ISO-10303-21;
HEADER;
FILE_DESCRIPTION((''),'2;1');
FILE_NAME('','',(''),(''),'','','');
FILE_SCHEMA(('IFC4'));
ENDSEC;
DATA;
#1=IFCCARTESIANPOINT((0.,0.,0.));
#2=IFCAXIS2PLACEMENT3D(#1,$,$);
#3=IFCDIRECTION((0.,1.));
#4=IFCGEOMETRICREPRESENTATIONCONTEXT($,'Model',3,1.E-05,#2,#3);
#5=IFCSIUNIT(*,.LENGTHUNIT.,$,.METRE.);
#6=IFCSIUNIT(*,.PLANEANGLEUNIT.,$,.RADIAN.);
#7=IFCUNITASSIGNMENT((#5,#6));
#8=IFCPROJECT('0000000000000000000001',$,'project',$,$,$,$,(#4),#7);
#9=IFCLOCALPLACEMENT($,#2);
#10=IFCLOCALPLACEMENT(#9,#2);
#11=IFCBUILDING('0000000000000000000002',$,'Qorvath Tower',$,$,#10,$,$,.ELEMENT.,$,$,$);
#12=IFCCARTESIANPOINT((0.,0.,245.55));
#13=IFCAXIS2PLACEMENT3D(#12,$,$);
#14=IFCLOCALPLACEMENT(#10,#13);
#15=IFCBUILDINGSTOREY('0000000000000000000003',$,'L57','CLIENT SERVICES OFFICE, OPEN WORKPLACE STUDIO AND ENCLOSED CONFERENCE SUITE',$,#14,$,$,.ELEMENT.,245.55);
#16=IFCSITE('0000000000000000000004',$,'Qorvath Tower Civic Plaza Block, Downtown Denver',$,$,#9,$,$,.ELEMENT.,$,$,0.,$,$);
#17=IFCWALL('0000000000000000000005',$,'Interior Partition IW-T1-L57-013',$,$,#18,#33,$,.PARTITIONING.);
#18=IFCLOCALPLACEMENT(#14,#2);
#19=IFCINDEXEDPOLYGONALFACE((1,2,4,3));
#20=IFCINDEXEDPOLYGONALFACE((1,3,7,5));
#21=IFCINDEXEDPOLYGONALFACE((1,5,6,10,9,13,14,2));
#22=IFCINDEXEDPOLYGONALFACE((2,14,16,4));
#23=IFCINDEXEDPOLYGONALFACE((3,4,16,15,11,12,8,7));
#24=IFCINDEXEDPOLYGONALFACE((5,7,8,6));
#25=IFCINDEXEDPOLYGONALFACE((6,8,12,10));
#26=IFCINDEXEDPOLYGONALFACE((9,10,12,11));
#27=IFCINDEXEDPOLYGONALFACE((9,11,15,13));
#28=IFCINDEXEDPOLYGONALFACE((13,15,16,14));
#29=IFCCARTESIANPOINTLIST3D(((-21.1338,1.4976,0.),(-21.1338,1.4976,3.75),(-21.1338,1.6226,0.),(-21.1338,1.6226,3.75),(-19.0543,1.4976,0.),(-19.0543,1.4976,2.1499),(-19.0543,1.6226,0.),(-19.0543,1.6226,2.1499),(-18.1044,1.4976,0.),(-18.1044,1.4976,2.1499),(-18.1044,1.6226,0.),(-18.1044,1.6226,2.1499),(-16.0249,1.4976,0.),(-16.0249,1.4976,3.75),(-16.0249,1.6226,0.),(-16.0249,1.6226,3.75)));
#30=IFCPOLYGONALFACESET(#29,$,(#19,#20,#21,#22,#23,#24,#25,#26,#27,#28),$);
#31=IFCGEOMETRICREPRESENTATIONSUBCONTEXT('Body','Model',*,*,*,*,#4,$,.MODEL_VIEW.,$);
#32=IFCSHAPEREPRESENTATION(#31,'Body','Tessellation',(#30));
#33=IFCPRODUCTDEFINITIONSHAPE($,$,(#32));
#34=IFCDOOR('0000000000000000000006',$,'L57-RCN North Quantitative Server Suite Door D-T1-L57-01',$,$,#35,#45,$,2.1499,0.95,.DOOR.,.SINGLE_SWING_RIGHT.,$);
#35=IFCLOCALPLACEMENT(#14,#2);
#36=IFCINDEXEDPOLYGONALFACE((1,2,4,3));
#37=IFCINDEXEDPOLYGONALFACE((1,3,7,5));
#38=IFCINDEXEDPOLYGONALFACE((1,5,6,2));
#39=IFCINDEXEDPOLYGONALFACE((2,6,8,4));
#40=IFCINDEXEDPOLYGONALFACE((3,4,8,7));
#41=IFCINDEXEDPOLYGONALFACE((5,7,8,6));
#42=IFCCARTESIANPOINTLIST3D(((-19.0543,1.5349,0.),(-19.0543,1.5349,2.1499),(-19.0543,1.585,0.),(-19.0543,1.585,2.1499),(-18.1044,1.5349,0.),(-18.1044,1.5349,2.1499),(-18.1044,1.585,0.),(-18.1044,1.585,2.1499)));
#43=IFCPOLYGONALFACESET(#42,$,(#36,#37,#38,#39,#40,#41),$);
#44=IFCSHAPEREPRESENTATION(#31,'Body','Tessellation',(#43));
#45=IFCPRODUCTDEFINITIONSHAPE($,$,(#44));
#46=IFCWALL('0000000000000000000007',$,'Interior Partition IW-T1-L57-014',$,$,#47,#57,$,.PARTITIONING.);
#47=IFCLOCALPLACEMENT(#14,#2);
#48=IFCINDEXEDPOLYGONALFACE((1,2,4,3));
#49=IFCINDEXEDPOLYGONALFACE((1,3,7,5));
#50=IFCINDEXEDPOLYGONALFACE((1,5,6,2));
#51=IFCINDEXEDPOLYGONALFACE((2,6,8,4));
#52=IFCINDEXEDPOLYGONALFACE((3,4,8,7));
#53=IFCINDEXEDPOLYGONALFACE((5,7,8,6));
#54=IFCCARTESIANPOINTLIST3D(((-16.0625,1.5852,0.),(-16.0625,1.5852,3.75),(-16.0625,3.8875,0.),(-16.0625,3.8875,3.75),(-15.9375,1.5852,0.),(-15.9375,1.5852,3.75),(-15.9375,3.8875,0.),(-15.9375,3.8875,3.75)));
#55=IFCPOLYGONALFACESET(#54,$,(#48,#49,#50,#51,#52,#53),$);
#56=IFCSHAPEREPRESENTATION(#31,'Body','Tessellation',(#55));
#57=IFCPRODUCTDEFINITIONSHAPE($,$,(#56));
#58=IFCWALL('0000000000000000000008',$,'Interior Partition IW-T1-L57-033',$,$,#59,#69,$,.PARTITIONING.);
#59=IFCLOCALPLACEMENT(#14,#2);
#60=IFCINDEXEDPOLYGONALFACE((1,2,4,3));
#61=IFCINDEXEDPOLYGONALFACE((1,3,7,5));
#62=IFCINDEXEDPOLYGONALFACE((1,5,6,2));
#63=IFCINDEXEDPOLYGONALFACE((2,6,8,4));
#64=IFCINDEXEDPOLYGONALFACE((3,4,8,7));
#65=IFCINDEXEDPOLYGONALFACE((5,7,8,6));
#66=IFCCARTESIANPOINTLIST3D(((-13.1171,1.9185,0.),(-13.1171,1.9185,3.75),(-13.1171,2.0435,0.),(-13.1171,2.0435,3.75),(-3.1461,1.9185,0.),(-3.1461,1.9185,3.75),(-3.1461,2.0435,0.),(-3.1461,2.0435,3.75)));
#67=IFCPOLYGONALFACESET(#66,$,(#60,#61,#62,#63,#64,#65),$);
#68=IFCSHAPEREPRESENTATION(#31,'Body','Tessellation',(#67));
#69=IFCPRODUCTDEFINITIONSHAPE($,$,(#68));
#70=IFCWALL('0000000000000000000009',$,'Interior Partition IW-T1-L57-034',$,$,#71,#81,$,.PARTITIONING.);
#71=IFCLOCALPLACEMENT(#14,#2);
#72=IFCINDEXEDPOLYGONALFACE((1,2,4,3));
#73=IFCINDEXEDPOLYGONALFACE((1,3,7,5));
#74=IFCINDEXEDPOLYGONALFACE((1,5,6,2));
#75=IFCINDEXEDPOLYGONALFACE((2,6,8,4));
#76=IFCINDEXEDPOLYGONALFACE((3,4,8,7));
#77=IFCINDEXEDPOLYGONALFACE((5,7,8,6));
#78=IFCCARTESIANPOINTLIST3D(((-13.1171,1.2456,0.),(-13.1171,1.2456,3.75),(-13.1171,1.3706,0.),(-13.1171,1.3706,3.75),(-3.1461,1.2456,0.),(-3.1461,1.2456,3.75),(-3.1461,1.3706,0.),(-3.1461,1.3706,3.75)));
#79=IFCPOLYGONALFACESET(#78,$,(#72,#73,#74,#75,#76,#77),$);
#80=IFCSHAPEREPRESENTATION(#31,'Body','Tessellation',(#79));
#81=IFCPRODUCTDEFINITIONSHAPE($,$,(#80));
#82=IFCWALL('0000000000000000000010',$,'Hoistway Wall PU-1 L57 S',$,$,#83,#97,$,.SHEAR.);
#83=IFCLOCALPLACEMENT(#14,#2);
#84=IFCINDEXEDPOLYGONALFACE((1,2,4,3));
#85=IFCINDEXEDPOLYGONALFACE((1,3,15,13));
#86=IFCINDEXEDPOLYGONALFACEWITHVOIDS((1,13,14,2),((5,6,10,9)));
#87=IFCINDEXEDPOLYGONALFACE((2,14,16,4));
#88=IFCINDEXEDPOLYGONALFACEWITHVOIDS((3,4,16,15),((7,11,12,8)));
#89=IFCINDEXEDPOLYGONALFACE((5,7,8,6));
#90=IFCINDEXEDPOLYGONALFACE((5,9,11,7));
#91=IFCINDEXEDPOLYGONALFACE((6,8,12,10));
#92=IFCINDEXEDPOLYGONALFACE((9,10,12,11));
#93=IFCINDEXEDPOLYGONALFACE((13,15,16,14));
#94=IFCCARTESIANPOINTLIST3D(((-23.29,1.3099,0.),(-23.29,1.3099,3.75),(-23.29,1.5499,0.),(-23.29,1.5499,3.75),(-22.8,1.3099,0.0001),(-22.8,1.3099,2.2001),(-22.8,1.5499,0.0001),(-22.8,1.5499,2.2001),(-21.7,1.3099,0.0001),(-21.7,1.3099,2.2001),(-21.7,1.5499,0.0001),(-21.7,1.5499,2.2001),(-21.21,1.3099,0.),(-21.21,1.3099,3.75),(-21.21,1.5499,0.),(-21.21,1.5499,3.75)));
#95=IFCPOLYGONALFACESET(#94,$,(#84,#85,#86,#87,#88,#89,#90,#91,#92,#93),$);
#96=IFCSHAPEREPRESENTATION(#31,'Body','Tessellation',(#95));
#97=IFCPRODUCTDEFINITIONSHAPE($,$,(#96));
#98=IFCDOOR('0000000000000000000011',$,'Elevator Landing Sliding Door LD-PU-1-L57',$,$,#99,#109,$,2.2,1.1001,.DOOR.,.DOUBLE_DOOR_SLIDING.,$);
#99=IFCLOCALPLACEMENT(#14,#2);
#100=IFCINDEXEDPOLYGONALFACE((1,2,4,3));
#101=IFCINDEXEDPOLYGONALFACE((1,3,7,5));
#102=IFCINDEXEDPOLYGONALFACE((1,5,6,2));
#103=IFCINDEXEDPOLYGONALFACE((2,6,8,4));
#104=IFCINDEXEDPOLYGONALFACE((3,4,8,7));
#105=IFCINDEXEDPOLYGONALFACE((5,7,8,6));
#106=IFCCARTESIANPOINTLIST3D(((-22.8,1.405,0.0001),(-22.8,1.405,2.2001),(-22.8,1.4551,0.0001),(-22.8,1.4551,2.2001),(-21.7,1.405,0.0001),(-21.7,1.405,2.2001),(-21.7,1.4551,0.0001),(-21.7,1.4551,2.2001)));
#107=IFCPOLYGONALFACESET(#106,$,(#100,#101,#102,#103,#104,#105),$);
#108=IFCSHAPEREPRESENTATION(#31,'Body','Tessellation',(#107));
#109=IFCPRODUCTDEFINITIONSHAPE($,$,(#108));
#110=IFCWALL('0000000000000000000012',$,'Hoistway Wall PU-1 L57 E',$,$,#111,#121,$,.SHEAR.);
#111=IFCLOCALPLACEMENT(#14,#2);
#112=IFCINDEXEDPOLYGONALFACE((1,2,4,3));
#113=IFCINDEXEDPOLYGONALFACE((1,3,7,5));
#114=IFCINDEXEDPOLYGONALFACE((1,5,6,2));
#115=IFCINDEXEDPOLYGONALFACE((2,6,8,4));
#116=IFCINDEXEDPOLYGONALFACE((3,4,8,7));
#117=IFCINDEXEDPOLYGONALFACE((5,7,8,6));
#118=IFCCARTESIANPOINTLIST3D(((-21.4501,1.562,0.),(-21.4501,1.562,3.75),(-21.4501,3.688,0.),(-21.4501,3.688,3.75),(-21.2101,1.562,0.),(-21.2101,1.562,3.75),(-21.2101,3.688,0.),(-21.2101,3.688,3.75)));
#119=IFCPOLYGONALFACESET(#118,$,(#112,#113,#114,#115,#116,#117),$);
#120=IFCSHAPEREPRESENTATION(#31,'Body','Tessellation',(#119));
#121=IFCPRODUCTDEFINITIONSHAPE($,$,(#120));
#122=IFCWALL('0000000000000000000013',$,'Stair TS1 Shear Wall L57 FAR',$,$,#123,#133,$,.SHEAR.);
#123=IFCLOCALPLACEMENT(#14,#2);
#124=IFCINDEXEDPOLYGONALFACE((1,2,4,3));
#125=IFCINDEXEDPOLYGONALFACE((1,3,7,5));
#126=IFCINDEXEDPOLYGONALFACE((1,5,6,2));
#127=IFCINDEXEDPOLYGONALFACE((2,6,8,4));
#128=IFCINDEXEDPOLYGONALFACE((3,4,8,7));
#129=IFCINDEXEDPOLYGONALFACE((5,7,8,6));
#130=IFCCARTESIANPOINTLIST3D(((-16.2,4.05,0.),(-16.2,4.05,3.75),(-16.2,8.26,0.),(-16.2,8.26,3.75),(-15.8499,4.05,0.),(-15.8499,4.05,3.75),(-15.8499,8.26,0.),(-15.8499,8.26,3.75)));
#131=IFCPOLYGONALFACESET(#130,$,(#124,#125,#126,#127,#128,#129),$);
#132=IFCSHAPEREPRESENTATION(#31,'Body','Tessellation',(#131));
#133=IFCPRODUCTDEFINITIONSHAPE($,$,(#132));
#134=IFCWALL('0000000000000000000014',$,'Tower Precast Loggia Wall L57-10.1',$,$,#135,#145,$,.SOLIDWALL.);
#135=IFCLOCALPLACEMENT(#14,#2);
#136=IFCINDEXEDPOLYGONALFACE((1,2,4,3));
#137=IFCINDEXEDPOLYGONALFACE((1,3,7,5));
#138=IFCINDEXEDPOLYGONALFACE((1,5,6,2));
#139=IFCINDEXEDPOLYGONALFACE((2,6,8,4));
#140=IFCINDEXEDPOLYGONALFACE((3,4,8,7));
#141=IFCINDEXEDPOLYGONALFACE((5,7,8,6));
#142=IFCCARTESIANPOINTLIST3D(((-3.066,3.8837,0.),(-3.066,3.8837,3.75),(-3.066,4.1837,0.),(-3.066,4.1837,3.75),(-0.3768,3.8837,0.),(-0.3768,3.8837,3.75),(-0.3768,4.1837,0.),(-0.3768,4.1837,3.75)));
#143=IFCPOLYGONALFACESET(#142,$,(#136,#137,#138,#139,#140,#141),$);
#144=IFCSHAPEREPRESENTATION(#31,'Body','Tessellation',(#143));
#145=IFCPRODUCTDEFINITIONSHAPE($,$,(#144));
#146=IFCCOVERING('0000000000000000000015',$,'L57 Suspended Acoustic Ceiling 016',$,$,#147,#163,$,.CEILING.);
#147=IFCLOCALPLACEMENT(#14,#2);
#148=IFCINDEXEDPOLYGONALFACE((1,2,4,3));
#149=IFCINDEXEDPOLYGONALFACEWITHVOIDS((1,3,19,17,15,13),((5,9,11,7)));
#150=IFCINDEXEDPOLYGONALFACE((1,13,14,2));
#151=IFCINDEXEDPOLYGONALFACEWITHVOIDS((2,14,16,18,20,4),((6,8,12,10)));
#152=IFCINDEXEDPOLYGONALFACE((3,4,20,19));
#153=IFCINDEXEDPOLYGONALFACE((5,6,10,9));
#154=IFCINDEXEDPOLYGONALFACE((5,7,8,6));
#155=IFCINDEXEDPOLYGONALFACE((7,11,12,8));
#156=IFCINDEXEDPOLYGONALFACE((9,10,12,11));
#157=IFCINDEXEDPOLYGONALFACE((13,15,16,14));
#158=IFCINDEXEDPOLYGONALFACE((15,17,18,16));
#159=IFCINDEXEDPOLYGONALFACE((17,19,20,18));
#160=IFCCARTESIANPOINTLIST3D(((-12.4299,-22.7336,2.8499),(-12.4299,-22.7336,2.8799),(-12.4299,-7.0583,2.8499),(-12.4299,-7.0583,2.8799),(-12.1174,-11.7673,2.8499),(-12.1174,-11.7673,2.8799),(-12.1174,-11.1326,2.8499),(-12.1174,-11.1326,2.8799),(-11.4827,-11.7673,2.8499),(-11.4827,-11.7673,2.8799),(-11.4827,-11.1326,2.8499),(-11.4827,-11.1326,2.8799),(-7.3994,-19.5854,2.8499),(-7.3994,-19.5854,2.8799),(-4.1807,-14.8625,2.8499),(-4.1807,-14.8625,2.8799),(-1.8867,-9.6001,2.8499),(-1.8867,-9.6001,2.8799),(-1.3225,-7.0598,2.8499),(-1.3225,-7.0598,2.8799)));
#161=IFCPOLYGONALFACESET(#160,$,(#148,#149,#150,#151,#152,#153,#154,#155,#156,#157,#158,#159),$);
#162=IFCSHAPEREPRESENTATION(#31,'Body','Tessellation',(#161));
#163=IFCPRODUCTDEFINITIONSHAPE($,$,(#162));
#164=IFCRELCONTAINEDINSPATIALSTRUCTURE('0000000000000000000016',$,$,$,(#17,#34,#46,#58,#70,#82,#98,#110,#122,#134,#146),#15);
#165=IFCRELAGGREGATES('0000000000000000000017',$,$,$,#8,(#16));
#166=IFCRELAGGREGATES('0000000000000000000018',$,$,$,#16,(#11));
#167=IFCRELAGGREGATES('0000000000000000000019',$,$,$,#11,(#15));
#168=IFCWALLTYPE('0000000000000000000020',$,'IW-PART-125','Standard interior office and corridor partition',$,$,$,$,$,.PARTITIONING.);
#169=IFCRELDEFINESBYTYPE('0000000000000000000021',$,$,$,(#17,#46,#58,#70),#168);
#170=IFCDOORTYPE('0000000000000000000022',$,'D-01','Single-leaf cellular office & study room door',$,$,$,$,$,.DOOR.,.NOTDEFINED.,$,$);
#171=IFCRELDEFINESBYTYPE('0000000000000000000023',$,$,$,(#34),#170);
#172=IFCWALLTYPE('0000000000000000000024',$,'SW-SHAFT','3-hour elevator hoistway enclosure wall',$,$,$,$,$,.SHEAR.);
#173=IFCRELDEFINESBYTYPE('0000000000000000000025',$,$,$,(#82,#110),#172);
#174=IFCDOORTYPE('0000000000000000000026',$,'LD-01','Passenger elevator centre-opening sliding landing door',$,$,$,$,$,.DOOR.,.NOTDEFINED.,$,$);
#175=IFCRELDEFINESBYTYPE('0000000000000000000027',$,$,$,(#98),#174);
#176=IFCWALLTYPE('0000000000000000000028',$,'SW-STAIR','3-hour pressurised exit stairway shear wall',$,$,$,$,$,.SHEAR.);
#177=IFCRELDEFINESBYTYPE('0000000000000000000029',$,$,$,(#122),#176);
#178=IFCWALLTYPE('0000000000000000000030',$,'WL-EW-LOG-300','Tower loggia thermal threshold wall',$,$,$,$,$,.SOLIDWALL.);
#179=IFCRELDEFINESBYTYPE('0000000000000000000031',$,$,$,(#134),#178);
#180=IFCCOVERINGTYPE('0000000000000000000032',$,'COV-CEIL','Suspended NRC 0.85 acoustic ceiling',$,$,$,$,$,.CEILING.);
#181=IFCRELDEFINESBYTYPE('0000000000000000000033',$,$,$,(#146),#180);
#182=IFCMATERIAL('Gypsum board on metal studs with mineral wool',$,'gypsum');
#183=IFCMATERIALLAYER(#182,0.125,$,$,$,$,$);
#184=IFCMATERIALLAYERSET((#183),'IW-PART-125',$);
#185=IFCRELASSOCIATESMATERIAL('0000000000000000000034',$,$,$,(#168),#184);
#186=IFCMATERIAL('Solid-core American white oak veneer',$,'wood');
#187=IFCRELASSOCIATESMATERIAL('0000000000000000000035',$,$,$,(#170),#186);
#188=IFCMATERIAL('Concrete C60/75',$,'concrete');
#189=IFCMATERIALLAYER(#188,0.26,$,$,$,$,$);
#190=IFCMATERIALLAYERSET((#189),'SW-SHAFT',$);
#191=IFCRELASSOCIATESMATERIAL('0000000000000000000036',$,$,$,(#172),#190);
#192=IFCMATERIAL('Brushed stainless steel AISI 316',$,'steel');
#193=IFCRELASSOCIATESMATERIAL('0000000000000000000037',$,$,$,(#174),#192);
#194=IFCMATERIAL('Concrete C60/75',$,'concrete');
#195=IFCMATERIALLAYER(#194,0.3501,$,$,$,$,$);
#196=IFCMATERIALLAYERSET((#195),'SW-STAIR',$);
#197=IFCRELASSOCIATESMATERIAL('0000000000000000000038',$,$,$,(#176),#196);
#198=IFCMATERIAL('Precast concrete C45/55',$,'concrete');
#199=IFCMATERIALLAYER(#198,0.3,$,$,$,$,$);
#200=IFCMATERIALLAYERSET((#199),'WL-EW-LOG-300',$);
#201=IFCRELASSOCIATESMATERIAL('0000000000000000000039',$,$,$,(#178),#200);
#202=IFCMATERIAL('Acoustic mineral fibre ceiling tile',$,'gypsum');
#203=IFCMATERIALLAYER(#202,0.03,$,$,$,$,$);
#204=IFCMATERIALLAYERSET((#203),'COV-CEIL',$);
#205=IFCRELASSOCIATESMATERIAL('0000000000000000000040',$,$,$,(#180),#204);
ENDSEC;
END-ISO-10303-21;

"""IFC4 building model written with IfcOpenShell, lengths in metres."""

from ifc_helpers import new_model, si_unit, direction, frame, frame_2d, origin, place, context, subcontext, project, spatial, polyline, rectangle, outline, extrude, material, layer, layer_set, type_object, element, fill, save


model = new_model("IFC4")

# Units and contexts
model_context = context("Model", 3, precision=1e-05, world=origin(), true_north=direction((0.0, 1.0)))
body_context = subcontext(model_context, "Body", "Model", "MODEL_VIEW")
ifc_project = project(units=[si_unit("LENGTHUNIT", "METRE"), si_unit("PLANEANGLEUNIT", "RADIAN")], contexts=[model_context])

# Site, building, storey
site_placement = place(None, origin())
site = spatial("IfcSite", under=ifc_project, at=site_placement, Name="Qorvath Tower Civic Plaza Block, Downtown Denver", CompositionType="ELEMENT", RefElevation=0.0)
building_placement = place(site_placement, origin())
building = spatial("IfcBuilding", under=site, at=building_placement, Name="Qorvath Tower", CompositionType="ELEMENT")
storey_placement = place(building_placement, frame((0.0, 0.0, 245.55)))
storey = spatial("IfcBuildingStorey", under=building, at=storey_placement, Name="L57", Description="CLIENT SERVICES OFFICE, OPEN WORKPLACE STUDIO AND ENCLOSED CONFERENCE SUITE", CompositionType="ELEMENT", Elevation=245.55)

# Wall, opening, door
ifc_material_1 = material(Name="Gypsum board on metal studs with mineral wool", Category="gypsum")
ifc_layer_1 = layer(ifc_material_1, 0.125)
ifc_layer_set_1 = layer_set([ifc_layer_1], Name="IW-PART-125")
wall_type_1 = type_object("IfcWallType", Name="IW-PART-125", Description="Standard interior office and corridor partition", PredefinedType="PARTITIONING", material=ifc_layer_set_1)
wall_1_placement = place(storey_placement, frame((-21.1338, 1.5601, 0.0), z_axis=(0.0, 0.0, 1.0), x_axis=(1.0, 0.0, 0.0)))
wall_1 = element("IfcWall", 1, at=wall_1_placement, inside=storey, type_object=wall_type_1, Name="Interior Partition IW-T1-L57-013", PredefinedType="PARTITIONING", context=body_context, shape_type="SweptSolid", body=[
    extrude(rectangle(XDim=5.1089, YDim=0.125, at=frame_2d((2.5544, 0.0))), origin(), (0.0, 0.0, 1.0), 3.75),
])
opening_1_placement = place(wall_1_placement, frame((2.0793, 0.0, 0.0)))
opening_1 = element("IfcOpeningElement", 2, at=opening_1_placement, cuts=wall_1, PredefinedType="OPENING", context=body_context, shape_type="SweptSolid", body=[
    extrude(rectangle(XDim=0.95, YDim=2.1499, at=frame_2d((0.4751, 1.075))), frame((0.0, 0.0725, 0.0), z_axis=(0.0, -1.0, 0.0), x_axis=(1.0, 0.0, 0.0)), (0.0, 0.0, 1.0), 0.145),
])
ifc_material_2 = material(Name="Solid-core American white oak veneer", Category="wood")
door_type_1 = type_object("IfcDoorType", Name="D-01", Description="Single-leaf cellular office & study room door", OperationType="NOTDEFINED", PredefinedType="DOOR", material=ifc_material_2)
door_1_placement = place(opening_1_placement, origin())
door_1 = element("IfcDoor", 3, at=door_1_placement, inside=storey, type_object=door_type_1, Name="L57-RCN North Quantitative Server Suite Door D-T1-L57-01", OperationType="SINGLE_SWING_RIGHT", OverallHeight=2.1499, OverallWidth=0.95, PredefinedType="DOOR", context=body_context, shape_type="SweptSolid", body=[
    extrude(rectangle(XDim=0.95, YDim=2.1499, at=frame_2d((0.4751, 1.075))), frame((0.0, 0.0249, 0.0), z_axis=(0.0, -1.0, 0.0), x_axis=(1.0, 0.0, 0.0)), (0.0, 0.0, 1.0), 0.05),
])
fill(opening_1, door_1)

# Walls
wall_2_placement = place(storey_placement, frame((-16.0, 1.5852, 0.0), z_axis=(0.0, 0.0, 1.0), x_axis=(0.0, 1.0, 0.0)))
element("IfcWall", 4, at=wall_2_placement, inside=storey, type_object=wall_type_1, Name="Interior Partition IW-T1-L57-014", PredefinedType="PARTITIONING", context=body_context, shape_type="SweptSolid", body=[
    extrude(rectangle(XDim=2.3022, YDim=0.125, at=frame_2d((1.1511, 0.0))), origin(), (0.0, 0.0, 1.0), 3.75),
])
for number, where, z_axis, x_axis, name in (
    (5, (-3.1462, 1.981, 0.0), (0.0, 0.0, 1.0), (-1.0, 0.0, 0.0), "Interior Partition IW-T1-L57-033"),
    (6, (-3.1462, 1.3081, 0.0), (0.0, 0.0, 1.0), (-1.0, 0.0, 0.0), "Interior Partition IW-T1-L57-034"),
):
    element("IfcWall", number, at=place(storey_placement, frame(where, z_axis=z_axis, x_axis=x_axis)), inside=storey, type_object=wall_type_1, Name=name, PredefinedType="PARTITIONING", context=body_context, shape_type="SweptSolid", body=[
        extrude(rectangle(XDim=9.9709, YDim=0.125, at=frame_2d((4.9854, 0.0))), origin(), (0.0, 0.0, 1.0), 3.75),
    ])

# Wall, opening, door
ifc_material_3 = material(Name="Concrete C60/75", Category="concrete")
ifc_layer_2 = layer(ifc_material_3, 0.26)
ifc_layer_set_2 = layer_set([ifc_layer_2], Name="SW-SHAFT")
wall_type_2 = type_object("IfcWallType", Name="SW-SHAFT", Description="3-hour elevator hoistway enclosure wall", PredefinedType="SHEAR", material=ifc_layer_set_2)
wall_3_placement = place(storey_placement, frame((-21.21, 1.4299, 0.0), z_axis=(0.0, 0.0, 1.0), x_axis=(-1.0, 0.0, 0.0)))
wall_3 = element("IfcWall", 7, at=wall_3_placement, inside=storey, type_object=wall_type_2, Name="Hoistway Wall PU-1 L57 S", PredefinedType="SHEAR", context=body_context, shape_type="SweptSolid", body=[
    extrude(rectangle(XDim=2.0801, YDim=0.24, at=frame_2d((1.04, 0.0))), origin(), (0.0, 0.0, 1.0), 3.75),
])
opening_2_placement = place(wall_3_placement, frame((0.49, 0.0, 0.0)))
opening_2 = element("IfcOpeningElement", 8, at=opening_2_placement, cuts=wall_3, PredefinedType="OPENING", context=body_context, shape_type="SweptSolid", body=[
    extrude(rectangle(XDim=1.1001, YDim=2.2, at=frame_2d((0.55, 1.1001))), frame((0.0, 0.1299, 0.0), z_axis=(0.0, -1.0, 0.0), x_axis=(1.0, 0.0, 0.0)), (0.0, 0.0, 1.0), 0.26),
])
ifc_material_4 = material(Name="Brushed stainless steel AISI 316", Category="steel")
door_type_2 = type_object("IfcDoorType", Name="LD-01", Description="Passenger elevator centre-opening sliding landing door", OperationType="NOTDEFINED", PredefinedType="DOOR", material=ifc_material_4)
door_2_placement = place(opening_2_placement, origin())
door_2 = element("IfcDoor", 9, at=door_2_placement, inside=storey, type_object=door_type_2, Name="Elevator Landing Sliding Door LD-PU-1-L57", OperationType="DOUBLE_DOOR_SLIDING", OverallHeight=2.2, OverallWidth=1.1001, PredefinedType="DOOR", context=body_context, shape_type="SweptSolid", body=[
    extrude(rectangle(XDim=1.1001, YDim=2.2, at=frame_2d((0.55, 1.1001))), frame((0.0, 0.0249, 0.0), z_axis=(0.0, -1.0, 0.0), x_axis=(1.0, 0.0, 0.0)), (0.0, 0.0, 1.0), 0.05),
])
fill(opening_2, door_2)

# Walls
wall_4_placement = place(storey_placement, frame((-21.3301, 3.688, 0.0), z_axis=(0.0, 0.0, 1.0), x_axis=(0.0, -1.0, 0.0)))
element("IfcWall", 10, at=wall_4_placement, inside=storey, type_object=wall_type_2, Name="Hoistway Wall PU-1 L57 E", PredefinedType="SHEAR", context=body_context, shape_type="SweptSolid", body=[
    extrude(rectangle(XDim=2.126, YDim=0.24, at=frame_2d((1.063, 0.0))), origin(), (0.0, 0.0, 1.0), 3.75),
])
ifc_material_5 = material(Name="Concrete C60/75", Category="concrete")
ifc_layer_3 = layer(ifc_material_5, 0.3501)
ifc_layer_set_3 = layer_set([ifc_layer_3], Name="SW-STAIR")
wall_type_3 = type_object("IfcWallType", Name="SW-STAIR", Description="3-hour pressurised exit stairway shear wall", PredefinedType="SHEAR", material=ifc_layer_set_3)
wall_5_placement = place(storey_placement, frame((-16.0249, 4.05, 0.0), z_axis=(0.0, 0.0, 1.0), x_axis=(0.0, 1.0, 0.0)))
element("IfcWall", 11, at=wall_5_placement, inside=storey, type_object=wall_type_3, Name="Stair TS1 Shear Wall L57 FAR", PredefinedType="SHEAR", context=body_context, shape_type="SweptSolid", body=[
    extrude(rectangle(XDim=4.21, YDim=0.3501, at=frame_2d((2.105, 0.0))), origin(), (0.0, 0.0, 1.0), 3.75),
])
ifc_material_6 = material(Name="Precast concrete C45/55", Category="concrete")
ifc_layer_4 = layer(ifc_material_6, 0.3)
ifc_layer_set_4 = layer_set([ifc_layer_4], Name="WL-EW-LOG-300")
wall_type_4 = type_object("IfcWallType", Name="WL-EW-LOG-300", Description="Tower loggia thermal threshold wall", PredefinedType="SOLIDWALL", material=ifc_layer_set_4)
wall_6_placement = place(storey_placement, frame((-3.0662, 4.0337, 0.0), z_axis=(0.0, 0.0, 1.0), x_axis=(1.0, 0.0, 0.0)))
element("IfcWall", 12, at=wall_6_placement, inside=storey, type_object=wall_type_4, Name="Tower Precast Loggia Wall L57-10.1", PredefinedType="SOLIDWALL", context=body_context, shape_type="SweptSolid", body=[
    extrude(rectangle(XDim=2.6892, YDim=0.3, at=frame_2d((1.3447, 0.0))), origin(), (0.0, 0.0, 1.0), 3.75),
])

# Covering
ifc_material_7 = material(Name="Acoustic mineral fibre ceiling tile", Category="gypsum")
ifc_layer_5 = layer(ifc_material_7, 0.03)
ifc_layer_set_5 = layer_set([ifc_layer_5], Name="COV-CEIL")
covering_type_1 = type_object("IfcCoveringType", Name="COV-CEIL", Description="Suspended NRC 0.85 acoustic ceiling", PredefinedType="CEILING", material=ifc_layer_set_5)
covering_1_placement = place(storey_placement, frame((0.0, 0.0, 2.8499)))
element("IfcCovering", 13, at=covering_1_placement, inside=storey, type_object=covering_type_1, Name="L57 Suspended Acoustic Ceiling 016", PredefinedType="CEILING", context=body_context, shape_type="SweptSolid", body=[
    extrude(outline(polyline([(-12.4299, -7.0583), (-12.4299, -22.7336), (-7.3994, -19.5854), (-4.1807, -14.8625), (-1.8867, -9.6001), (-1.3225, -7.0598), (-12.4299, -7.0583)]), holes=[polyline([(-12.1174, -11.7673), (-12.1174, -11.1326), (-11.4827, -11.1326), (-11.4827, -11.7673), (-12.1174, -11.7673)])]), origin(), (0.0, 0.0, 1.0), 0.03),
])

save(model, "model.ifc")
